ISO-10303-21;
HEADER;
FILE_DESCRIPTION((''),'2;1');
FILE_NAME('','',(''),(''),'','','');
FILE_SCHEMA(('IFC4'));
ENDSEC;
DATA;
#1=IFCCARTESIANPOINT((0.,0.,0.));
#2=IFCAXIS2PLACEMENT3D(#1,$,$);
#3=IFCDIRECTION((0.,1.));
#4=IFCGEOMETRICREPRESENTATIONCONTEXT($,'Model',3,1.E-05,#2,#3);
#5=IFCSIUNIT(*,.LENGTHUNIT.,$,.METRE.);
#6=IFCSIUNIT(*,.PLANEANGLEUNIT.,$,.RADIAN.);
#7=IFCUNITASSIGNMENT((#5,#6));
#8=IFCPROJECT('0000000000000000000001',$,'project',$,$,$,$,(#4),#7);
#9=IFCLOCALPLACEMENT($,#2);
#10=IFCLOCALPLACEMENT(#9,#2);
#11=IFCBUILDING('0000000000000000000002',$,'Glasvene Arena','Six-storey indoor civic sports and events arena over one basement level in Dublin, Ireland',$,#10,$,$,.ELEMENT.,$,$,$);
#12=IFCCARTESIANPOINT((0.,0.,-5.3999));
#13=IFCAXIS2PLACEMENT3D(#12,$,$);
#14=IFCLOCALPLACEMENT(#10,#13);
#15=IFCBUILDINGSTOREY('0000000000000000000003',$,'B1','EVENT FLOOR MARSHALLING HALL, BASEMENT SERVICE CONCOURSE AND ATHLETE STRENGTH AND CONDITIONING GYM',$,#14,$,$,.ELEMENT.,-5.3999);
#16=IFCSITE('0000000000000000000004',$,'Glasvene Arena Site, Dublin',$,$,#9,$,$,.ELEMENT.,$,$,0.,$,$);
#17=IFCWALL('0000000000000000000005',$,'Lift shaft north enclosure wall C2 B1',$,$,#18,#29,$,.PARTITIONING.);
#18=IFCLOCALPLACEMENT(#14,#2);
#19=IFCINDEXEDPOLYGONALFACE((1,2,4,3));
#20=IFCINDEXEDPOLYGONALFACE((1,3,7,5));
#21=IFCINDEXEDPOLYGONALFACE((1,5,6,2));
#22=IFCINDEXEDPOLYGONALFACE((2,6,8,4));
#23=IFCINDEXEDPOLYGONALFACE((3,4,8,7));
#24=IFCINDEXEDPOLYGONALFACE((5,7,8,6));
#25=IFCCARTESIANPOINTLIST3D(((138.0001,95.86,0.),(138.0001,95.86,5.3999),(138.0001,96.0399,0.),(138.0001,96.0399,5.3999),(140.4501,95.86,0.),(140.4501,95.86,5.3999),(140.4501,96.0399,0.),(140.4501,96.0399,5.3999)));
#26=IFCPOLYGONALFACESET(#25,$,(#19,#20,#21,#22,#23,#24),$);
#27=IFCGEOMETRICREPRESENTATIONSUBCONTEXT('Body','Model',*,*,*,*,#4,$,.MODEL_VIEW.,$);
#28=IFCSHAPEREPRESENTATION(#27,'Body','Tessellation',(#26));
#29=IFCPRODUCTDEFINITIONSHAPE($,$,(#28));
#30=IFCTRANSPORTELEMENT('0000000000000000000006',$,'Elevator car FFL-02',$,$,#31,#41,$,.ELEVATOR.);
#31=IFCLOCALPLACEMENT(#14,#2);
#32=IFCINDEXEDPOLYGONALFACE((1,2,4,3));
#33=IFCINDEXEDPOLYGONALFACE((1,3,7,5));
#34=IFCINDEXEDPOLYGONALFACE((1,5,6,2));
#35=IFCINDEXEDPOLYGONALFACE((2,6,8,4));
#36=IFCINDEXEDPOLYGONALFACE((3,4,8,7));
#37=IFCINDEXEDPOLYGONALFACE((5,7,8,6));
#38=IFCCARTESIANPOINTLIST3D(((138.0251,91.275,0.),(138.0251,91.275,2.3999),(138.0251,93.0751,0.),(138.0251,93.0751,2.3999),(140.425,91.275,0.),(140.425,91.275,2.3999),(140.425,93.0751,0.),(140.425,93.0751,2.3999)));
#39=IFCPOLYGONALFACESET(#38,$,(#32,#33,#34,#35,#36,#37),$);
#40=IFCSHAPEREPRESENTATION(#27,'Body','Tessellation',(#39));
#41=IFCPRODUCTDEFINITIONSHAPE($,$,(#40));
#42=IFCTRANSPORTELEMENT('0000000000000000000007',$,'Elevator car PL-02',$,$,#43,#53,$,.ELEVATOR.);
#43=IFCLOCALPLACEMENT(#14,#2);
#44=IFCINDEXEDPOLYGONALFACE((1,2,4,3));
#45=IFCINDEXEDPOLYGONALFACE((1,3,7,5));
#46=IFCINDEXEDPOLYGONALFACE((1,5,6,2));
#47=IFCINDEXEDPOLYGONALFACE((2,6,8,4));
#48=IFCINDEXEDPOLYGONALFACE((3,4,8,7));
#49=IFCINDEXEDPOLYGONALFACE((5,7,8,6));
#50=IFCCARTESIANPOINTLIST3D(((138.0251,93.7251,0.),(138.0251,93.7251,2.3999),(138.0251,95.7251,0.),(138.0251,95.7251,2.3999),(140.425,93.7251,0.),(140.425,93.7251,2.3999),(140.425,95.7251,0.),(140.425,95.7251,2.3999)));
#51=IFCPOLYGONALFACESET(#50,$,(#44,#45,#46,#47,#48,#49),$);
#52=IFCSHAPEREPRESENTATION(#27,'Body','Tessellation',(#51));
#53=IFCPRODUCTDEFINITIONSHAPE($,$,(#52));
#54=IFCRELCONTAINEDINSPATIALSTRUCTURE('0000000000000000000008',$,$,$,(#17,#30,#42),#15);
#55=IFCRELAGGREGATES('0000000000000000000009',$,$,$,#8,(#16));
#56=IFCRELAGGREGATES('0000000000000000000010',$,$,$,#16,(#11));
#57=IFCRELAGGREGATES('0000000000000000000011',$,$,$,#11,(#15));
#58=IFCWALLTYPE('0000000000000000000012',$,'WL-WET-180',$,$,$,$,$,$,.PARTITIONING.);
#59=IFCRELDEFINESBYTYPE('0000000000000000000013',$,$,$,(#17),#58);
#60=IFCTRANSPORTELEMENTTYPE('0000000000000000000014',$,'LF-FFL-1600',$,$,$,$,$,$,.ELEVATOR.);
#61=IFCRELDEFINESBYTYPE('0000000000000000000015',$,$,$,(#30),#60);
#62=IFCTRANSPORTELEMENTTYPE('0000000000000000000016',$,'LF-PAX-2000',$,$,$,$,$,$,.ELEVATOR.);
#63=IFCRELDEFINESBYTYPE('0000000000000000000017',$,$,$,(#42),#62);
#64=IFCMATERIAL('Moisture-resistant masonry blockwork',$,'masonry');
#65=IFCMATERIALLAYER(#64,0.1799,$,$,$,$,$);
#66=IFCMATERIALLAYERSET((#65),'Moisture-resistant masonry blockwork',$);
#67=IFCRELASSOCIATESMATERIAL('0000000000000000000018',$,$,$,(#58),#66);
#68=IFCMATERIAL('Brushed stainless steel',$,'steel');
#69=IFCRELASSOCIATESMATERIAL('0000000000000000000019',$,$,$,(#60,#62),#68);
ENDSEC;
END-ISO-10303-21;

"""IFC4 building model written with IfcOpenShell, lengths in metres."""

from ifc_helpers import new_model, si_unit, direction, frame, frame_2d, origin, origin_2d, place, context, subcontext, project, spatial, rectangle, extrude, material, layer, layer_set, type_object, element, save


model = new_model("IFC4")

# Units and contexts
model_context = context("Model", 3, precision=1e-05, world=origin(), true_north=direction((0.0, 1.0)))
body_context = subcontext(model_context, "Body", "Model", "MODEL_VIEW")
ifc_project = project(units=[si_unit("LENGTHUNIT", "METRE"), si_unit("PLANEANGLEUNIT", "RADIAN")], contexts=[model_context])

# Site, building, storey
site_placement = place(None, origin())
site = spatial("IfcSite", under=ifc_project, at=site_placement, Name="Glasvene Arena Site, Dublin", CompositionType="ELEMENT", RefElevation=0.0)
building_placement = place(site_placement, origin())
building = spatial("IfcBuilding", under=site, at=building_placement, Name="Glasvene Arena", Description="Six-storey indoor civic sports and events arena over one basement level in Dublin, Ireland", CompositionType="ELEMENT")
storey_placement = place(building_placement, frame((0.0, 0.0, -5.3999)))
storey = spatial("IfcBuildingStorey", under=building, at=storey_placement, Name="B1", Description="EVENT FLOOR MARSHALLING HALL, BASEMENT SERVICE CONCOURSE AND ATHLETE STRENGTH AND CONDITIONING GYM", CompositionType="ELEMENT", Elevation=-5.3999)

# Shared definitions
ifc_material_1 = material(Name="Brushed stainless steel", Category="steel")

# Wall
ifc_material_2 = material(Name="Moisture-resistant masonry blockwork", Category="masonry")
ifc_layer_1 = layer(ifc_material_2, 0.1799)
ifc_layer_set_1 = layer_set([ifc_layer_1], Name="Moisture-resistant masonry blockwork")
wall_type_1 = type_object("IfcWallType", Name="WL-WET-180", PredefinedType="PARTITIONING", material=ifc_layer_set_1)
for number, where, z_axis, x_axis, name in (
    (1, (138.0, 95.95, 0.0), (0.0, 0.0, 1.0), (1.0, 0.0, 0.0), "Lift shaft north enclosure wall C2 B1"),
):
    element("IfcWall", number, at=place(storey_placement, frame(where, z_axis=z_axis, x_axis=x_axis)), inside=storey, type_object=wall_type_1, Name=name, PredefinedType="PARTITIONING", context=body_context, shape_type="SweptSolid", body=[
        extrude(rectangle(XDim=2.45, YDim=0.1799, at=frame_2d((1.2251, 0.0))), origin(), (0.0, 0.0, 1.0), 5.3999),
    ])

# Transport elements
transport_element_type_1 = type_object("IfcTransportElementType", Name="LF-FFL-1600", PredefinedType="ELEVATOR", material=ifc_material_1)
transport_element_1_placement = place(storey_placement, frame((139.2251, 92.175, 0.0), z_axis=(0.0, 0.0, 1.0), x_axis=(1.0, 0.0, 0.0)))
element("IfcTransportElement", 2, at=transport_element_1_placement, inside=storey, type_object=transport_element_type_1, Name="Elevator car FFL-02", PredefinedType="ELEVATOR", context=body_context, shape_type="SweptSolid", body=[
    extrude(rectangle(XDim=2.3999, YDim=1.8, at=origin_2d()), origin(), (0.0, 0.0, 1.0), 2.3999),
])
transport_element_type_2 = type_object("IfcTransportElementType", Name="LF-PAX-2000", PredefinedType="ELEVATOR", material=ifc_material_1)
transport_element_2_placement = place(storey_placement, frame((139.2251, 94.7251, 0.0), z_axis=(0.0, 0.0, 1.0), x_axis=(1.0, 0.0, 0.0)))
element("IfcTransportElement", 3, at=transport_element_2_placement, inside=storey, type_object=transport_element_type_2, Name="Elevator car PL-02", PredefinedType="ELEVATOR", context=body_context, shape_type="SweptSolid", body=[
    extrude(rectangle(XDim=2.3999, YDim=2.0, at=origin_2d()), origin(), (0.0, 0.0, 1.0), 2.3999),
])

save(model, "model.ifc")
